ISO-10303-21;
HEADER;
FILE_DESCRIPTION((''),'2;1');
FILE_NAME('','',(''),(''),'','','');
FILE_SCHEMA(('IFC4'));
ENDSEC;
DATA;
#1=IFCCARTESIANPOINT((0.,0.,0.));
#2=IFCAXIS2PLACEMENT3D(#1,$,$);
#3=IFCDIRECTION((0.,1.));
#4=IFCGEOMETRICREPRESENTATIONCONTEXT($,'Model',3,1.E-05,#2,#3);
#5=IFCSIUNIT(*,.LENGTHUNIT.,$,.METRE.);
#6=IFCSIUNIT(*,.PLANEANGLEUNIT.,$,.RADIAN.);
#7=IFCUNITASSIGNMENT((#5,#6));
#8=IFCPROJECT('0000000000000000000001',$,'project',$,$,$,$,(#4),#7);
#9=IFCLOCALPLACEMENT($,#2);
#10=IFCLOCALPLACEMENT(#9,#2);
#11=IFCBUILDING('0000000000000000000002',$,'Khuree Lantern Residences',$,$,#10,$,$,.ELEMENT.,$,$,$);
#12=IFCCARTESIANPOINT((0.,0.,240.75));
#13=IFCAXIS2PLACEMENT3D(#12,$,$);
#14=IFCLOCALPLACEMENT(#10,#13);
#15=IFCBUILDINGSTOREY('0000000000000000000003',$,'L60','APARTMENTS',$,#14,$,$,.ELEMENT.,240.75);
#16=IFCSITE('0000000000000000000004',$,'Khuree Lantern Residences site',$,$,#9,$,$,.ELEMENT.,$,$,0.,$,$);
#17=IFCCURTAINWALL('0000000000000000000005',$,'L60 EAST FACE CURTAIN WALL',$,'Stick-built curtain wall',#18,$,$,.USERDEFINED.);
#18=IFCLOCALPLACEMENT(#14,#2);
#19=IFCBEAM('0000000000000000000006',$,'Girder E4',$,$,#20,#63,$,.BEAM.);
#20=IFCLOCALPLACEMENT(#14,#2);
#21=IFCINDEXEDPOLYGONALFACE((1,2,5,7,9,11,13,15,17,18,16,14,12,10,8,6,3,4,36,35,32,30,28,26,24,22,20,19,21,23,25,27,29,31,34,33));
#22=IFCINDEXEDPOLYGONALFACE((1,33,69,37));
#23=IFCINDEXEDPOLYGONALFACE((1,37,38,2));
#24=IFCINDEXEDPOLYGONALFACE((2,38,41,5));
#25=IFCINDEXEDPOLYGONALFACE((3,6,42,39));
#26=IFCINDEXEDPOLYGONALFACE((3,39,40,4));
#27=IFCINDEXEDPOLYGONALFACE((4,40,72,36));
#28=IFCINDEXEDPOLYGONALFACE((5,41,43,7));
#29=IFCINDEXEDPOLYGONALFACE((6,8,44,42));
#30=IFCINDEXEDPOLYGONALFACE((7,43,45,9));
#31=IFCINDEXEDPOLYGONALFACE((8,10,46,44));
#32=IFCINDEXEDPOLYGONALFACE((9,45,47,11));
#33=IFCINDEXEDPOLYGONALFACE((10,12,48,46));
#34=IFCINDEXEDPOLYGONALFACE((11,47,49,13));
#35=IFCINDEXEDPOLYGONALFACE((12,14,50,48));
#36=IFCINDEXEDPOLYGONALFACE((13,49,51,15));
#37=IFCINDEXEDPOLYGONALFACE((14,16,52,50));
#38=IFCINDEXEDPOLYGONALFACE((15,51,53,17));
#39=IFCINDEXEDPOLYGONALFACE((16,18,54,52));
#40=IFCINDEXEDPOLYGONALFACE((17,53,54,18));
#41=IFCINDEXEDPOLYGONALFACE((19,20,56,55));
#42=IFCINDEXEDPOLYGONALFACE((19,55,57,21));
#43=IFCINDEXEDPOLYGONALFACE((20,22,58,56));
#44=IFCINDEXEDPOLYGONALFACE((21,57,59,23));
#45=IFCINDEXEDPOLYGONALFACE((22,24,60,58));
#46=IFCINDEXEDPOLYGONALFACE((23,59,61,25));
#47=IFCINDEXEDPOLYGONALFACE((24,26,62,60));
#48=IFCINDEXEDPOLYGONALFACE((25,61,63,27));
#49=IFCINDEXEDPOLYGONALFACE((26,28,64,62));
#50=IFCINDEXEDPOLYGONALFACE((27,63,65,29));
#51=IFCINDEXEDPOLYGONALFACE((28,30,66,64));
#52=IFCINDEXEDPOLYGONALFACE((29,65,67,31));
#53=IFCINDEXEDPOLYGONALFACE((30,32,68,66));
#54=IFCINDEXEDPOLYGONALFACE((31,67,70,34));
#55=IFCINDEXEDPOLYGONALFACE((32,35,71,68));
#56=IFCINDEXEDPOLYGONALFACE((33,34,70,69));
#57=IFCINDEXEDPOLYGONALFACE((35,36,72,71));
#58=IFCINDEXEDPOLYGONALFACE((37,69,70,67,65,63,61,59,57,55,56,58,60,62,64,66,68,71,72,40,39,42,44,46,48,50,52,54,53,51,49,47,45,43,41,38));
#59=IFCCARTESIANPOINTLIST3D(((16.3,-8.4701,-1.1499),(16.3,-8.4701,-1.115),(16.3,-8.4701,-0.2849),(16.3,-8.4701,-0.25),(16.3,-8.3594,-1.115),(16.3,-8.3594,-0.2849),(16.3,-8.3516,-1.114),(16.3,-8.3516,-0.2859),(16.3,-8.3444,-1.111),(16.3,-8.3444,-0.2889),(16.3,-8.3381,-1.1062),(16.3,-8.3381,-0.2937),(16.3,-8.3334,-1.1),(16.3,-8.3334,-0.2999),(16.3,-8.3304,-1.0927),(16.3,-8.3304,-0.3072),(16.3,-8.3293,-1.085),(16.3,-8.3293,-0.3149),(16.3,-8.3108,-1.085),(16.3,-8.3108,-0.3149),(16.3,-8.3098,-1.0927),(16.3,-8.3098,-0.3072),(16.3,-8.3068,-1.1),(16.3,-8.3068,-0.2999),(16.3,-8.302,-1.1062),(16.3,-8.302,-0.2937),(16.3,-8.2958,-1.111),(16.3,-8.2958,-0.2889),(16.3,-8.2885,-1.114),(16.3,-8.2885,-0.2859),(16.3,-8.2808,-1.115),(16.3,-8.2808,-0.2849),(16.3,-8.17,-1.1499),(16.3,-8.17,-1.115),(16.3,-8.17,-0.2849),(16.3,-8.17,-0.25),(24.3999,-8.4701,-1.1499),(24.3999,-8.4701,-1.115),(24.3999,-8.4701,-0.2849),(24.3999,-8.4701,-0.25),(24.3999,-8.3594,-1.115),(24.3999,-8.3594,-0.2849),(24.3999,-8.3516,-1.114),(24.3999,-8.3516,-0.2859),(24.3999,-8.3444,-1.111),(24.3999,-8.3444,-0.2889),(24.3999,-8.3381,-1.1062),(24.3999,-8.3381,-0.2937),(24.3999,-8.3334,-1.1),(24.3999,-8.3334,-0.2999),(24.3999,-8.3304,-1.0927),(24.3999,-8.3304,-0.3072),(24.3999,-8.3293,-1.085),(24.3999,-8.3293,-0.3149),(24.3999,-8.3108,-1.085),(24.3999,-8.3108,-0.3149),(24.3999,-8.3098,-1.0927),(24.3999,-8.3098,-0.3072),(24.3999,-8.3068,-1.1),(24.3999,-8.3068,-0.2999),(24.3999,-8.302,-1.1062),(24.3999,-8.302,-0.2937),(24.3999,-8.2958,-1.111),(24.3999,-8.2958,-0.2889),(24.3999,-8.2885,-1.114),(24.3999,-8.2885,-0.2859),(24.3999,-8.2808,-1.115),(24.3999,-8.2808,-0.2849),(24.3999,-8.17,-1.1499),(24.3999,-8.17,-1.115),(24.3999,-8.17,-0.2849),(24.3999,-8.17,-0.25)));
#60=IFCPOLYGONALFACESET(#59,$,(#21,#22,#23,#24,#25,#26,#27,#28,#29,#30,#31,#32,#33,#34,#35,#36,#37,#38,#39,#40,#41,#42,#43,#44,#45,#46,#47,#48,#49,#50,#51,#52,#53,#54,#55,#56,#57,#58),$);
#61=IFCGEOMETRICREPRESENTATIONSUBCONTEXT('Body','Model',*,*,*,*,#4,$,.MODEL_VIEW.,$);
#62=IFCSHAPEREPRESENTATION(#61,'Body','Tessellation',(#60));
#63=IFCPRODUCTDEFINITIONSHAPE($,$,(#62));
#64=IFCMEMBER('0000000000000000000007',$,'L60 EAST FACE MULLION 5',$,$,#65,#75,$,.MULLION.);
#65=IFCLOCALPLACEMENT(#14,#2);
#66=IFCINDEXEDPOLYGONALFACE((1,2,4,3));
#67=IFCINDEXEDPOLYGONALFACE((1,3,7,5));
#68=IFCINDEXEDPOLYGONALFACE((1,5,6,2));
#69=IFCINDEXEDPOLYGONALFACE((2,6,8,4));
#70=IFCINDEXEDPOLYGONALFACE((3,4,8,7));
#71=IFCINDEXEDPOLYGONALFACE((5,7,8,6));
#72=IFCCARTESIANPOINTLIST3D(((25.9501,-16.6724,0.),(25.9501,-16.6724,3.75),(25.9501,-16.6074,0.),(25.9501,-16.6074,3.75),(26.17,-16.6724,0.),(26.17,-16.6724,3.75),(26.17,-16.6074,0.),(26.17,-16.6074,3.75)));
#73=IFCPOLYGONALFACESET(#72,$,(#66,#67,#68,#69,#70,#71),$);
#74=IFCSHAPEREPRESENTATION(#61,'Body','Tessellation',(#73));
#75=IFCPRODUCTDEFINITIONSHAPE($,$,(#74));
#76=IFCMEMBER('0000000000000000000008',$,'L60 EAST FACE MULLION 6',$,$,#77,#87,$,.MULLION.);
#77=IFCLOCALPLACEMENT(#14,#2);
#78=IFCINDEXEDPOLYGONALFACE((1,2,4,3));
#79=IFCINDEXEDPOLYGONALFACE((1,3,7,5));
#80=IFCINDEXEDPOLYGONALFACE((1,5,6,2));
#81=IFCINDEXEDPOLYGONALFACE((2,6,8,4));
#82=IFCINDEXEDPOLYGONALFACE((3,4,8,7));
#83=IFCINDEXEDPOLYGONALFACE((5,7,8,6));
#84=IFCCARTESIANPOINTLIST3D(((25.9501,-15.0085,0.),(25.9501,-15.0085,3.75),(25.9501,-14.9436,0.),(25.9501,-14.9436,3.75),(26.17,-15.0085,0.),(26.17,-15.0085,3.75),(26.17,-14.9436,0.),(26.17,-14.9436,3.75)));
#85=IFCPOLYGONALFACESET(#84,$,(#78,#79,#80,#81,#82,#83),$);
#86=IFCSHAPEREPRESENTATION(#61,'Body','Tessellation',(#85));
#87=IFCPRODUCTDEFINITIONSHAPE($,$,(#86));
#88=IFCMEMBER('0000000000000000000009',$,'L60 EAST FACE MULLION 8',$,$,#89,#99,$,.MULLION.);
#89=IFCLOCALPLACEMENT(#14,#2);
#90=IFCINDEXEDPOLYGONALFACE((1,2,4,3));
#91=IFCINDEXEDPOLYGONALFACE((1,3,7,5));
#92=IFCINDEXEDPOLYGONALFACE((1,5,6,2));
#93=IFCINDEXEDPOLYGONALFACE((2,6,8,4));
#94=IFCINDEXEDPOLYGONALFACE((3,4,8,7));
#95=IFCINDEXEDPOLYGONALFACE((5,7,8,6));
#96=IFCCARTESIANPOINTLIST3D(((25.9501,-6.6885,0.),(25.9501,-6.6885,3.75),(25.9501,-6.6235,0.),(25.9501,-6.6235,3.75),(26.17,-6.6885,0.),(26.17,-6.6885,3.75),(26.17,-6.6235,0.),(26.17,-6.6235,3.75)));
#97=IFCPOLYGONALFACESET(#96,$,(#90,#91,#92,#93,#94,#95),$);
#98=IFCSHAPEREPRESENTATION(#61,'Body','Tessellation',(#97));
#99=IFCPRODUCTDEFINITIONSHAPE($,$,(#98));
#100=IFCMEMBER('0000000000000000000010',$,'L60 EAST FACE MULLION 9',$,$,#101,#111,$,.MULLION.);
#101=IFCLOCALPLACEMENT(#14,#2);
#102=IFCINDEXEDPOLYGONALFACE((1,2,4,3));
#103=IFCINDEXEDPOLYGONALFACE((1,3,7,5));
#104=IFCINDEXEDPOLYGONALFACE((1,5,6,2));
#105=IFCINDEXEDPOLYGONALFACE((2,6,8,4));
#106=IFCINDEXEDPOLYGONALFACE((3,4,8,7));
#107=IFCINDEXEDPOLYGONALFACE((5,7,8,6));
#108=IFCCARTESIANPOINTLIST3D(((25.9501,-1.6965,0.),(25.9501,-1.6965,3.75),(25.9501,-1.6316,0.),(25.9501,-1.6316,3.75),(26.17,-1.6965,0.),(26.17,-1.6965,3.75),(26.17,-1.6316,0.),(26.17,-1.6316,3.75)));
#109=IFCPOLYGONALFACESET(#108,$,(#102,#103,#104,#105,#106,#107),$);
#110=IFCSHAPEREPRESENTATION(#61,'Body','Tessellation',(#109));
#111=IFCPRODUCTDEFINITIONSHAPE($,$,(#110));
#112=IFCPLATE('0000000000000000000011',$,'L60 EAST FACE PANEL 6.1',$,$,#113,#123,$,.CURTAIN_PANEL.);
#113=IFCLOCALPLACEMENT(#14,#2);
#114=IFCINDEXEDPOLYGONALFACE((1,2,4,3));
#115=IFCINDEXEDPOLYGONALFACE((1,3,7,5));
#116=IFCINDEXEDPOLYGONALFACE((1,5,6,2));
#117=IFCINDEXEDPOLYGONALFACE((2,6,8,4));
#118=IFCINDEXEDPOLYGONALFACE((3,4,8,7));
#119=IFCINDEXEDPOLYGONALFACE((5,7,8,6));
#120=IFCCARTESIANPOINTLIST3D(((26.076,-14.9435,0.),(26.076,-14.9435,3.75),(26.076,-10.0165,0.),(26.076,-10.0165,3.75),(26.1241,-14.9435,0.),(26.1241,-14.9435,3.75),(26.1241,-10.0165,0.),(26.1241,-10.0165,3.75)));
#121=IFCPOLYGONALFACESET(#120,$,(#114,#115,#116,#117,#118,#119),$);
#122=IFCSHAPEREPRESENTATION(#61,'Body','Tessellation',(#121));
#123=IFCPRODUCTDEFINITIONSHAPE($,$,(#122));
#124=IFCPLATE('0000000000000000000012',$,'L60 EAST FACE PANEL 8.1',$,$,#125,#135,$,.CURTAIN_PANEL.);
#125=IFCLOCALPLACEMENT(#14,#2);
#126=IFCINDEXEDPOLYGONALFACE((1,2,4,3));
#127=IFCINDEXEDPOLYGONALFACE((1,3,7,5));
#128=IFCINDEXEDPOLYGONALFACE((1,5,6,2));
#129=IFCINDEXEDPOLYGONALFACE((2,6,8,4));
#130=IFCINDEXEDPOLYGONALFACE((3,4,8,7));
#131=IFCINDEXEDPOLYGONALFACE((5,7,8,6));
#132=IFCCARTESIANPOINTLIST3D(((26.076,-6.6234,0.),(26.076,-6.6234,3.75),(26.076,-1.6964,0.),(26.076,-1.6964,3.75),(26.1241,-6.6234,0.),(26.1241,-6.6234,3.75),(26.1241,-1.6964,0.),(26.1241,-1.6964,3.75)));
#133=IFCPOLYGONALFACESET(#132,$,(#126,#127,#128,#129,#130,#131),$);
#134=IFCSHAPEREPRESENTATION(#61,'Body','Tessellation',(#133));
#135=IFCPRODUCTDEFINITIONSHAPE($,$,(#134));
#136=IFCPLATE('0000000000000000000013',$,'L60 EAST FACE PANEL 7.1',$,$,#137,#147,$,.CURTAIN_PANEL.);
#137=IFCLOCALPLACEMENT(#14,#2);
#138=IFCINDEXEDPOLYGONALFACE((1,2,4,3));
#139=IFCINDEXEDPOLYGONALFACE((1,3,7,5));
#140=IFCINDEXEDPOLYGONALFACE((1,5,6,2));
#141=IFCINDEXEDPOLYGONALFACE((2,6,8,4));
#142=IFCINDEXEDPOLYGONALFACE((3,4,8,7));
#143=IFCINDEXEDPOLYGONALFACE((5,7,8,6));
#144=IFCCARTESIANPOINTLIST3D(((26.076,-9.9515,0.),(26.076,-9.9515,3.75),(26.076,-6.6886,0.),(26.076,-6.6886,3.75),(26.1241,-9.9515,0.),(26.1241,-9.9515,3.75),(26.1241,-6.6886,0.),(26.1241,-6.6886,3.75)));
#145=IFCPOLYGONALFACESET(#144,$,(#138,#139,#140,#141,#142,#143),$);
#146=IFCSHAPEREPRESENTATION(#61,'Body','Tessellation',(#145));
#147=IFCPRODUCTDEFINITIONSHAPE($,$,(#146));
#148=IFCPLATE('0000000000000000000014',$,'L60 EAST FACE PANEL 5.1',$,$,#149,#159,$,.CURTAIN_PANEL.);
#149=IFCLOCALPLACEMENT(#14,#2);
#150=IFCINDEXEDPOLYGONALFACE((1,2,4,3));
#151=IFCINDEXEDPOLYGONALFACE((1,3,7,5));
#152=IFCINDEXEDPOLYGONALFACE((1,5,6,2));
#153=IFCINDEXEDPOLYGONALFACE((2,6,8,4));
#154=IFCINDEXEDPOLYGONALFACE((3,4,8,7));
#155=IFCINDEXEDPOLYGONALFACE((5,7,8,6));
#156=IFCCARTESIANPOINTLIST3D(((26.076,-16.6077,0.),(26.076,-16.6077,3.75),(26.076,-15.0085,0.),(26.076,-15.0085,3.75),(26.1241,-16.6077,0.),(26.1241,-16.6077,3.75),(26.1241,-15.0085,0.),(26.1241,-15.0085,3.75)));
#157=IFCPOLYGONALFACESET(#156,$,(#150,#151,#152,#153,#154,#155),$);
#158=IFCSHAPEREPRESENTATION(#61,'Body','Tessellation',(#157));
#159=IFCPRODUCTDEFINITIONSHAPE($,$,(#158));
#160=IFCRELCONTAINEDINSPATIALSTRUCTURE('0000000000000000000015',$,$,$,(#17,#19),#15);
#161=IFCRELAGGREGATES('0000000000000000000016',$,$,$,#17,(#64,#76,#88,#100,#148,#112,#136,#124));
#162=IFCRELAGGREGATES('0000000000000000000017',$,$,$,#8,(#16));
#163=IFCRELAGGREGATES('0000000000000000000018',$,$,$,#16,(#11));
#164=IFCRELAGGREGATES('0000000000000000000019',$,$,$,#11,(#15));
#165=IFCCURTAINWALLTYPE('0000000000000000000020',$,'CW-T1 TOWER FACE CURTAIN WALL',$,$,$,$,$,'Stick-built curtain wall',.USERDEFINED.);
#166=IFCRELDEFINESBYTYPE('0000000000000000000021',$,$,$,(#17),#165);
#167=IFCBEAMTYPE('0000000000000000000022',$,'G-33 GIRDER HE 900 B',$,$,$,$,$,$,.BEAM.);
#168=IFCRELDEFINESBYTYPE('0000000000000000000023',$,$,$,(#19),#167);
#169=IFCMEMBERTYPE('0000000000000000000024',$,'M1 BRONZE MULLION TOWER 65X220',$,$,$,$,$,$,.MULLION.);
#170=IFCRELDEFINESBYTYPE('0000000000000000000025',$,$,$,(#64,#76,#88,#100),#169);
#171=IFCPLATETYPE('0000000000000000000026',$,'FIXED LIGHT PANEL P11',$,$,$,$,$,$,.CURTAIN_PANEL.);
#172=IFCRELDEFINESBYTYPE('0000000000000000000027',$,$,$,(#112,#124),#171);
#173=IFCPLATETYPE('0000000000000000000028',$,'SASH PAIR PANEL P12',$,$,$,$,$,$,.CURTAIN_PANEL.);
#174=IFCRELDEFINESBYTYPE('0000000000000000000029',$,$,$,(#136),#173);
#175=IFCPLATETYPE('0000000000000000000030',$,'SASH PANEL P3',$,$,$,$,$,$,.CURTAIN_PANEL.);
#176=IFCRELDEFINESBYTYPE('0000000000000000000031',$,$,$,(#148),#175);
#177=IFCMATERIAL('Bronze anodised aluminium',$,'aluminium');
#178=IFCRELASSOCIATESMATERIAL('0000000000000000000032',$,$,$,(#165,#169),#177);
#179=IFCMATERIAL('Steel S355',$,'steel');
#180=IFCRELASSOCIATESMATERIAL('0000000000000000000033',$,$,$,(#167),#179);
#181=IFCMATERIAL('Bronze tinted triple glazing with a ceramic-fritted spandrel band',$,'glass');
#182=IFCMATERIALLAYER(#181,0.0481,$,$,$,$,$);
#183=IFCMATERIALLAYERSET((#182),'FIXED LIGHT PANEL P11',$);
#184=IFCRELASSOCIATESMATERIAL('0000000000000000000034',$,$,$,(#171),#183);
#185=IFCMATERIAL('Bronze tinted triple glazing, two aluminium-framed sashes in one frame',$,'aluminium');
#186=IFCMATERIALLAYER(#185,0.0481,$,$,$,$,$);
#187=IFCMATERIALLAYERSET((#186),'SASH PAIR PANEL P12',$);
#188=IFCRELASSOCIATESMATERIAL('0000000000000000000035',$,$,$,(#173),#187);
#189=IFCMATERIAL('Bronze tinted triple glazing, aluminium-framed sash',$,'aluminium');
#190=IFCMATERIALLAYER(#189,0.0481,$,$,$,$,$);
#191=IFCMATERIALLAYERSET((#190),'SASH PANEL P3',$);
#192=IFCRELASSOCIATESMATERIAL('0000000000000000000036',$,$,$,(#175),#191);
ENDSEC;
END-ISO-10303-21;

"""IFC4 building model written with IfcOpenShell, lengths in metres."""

from ifc_helpers import new_model, si_unit, direction, frame, origin, origin_2d, place, context, subcontext, project, spatial, rectangle, i_section, extrude, material, layer, layer_set, material_profile, profile_set, type_object, element, aggregate, save


model = new_model("IFC4")

# Units and contexts
model_context = context("Model", 3, precision=1e-05, world=origin(), true_north=direction((0.0, 1.0)))
body_context = subcontext(model_context, "Body", "Model", "MODEL_VIEW")
ifc_project = project(units=[si_unit("LENGTHUNIT", "METRE"), si_unit("PLANEANGLEUNIT", "RADIAN")], contexts=[model_context])

# Site, building, storey
site_placement = place(None, origin())
site = spatial("IfcSite", under=ifc_project, at=site_placement, Name="Khuree Lantern Residences site", CompositionType="ELEMENT", RefElevation=0.0)
building_placement = place(site_placement, origin())
building = spatial("IfcBuilding", under=site, at=building_placement, Name="Khuree Lantern Residences", CompositionType="ELEMENT")
storey_placement = place(building_placement, frame((0.0, 0.0, 240.75)))
storey = spatial("IfcBuildingStorey", under=building, at=storey_placement, Name="L60", Description="APARTMENTS", CompositionType="ELEMENT", Elevation=240.75)

# Shared definitions
ifc_material_1 = material(Name="Steel S355", Category="steel")

# Curtain wall
ifc_material_2 = material(Name="Bronze anodised aluminium", Category="aluminium")
curtain_wall_type = type_object("IfcCurtainWallType", Name="CW-T1 TOWER FACE CURTAIN WALL", ElementType="Stick-built curtain wall", PredefinedType="USERDEFINED", material=ifc_material_2)
curtain_wall_placement = place(storey_placement, origin())
curtain_wall = element("IfcCurtainWall", 1, at=curtain_wall_placement, inside=storey, type_object=curtain_wall_type, Name="L60 EAST FACE CURTAIN WALL", ObjectType="Stick-built curtain wall", PredefinedType="USERDEFINED")

# Beam
ifc_material_profile_1 = material_profile(ifc_material_1, i_section(OverallWidth=0.3, OverallDepth=0.8999, WebThickness=0.0186, FlangeThickness=0.0349, FilletRadius=0.03, at=origin_2d()), Name="HE 900 B")
ifc_profile_set_1 = profile_set([ifc_material_profile_1], Name="Steel S355")
beam_type_1 = type_object("IfcBeamType", Name="G-33 GIRDER HE 900 B", PredefinedType="BEAM", material=ifc_profile_set_1)
beam_1_placement = place(storey_placement, frame((24.3999, -8.3201, -0.7), z_axis=(-1.0, 0.0, 0.0), x_axis=(0.0, -1.0, 0.0)))
element("IfcBeam", 2, at=beam_1_placement, inside=storey, type_object=beam_type_1, Name="Girder E4", PredefinedType="BEAM", context=body_context, shape_type="SweptSolid", body=[
    extrude(i_section(OverallWidth=0.3, OverallDepth=0.8999, WebThickness=0.0186, FlangeThickness=0.0349, FilletRadius=0.03, at=origin_2d()), origin(), (0.0, 0.0, 1.0), 8.0999),
])

# Members
ifc_material_profile_2 = material_profile(ifc_material_2, rectangle(XDim=0.0649, YDim=0.22, at=origin_2d()), Name="M1 65X220")
ifc_profile_set_2 = profile_set([ifc_material_profile_2], Name="Bronze anodised aluminium")
member_type_1 = type_object("IfcMemberType", Name="M1 BRONZE MULLION TOWER 65X220", PredefinedType="MULLION", material=ifc_profile_set_2)
member_1_placement = place(storey_placement, frame((26.0601, -16.6399, 0.0), z_axis=(0.0, 0.0, 1.0), x_axis=(0.0, 1.0, 0.0)))
member_1 = element("IfcMember", 3, at=member_1_placement, type_object=member_type_1, Name="L60 EAST FACE MULLION 5", PredefinedType="MULLION", context=body_context, shape_type="SweptSolid", body=[
    extrude(rectangle(XDim=0.0649, YDim=0.22, at=origin_2d()), origin(), (0.0, 0.0, 1.0), 3.75),
])
member_2_placement = place(storey_placement, frame((26.0601, -14.9761, 0.0), z_axis=(0.0, 0.0, 1.0), x_axis=(0.0, 1.0, 0.0)))
member_2 = element("IfcMember", 4, at=member_2_placement, type_object=member_type_1, Name="L60 EAST FACE MULLION 6", PredefinedType="MULLION", context=body_context, shape_type="SweptSolid", body=[
    extrude(rectangle(XDim=0.0649, YDim=0.22, at=origin_2d()), origin(), (0.0, 0.0, 1.0), 3.75),
])
member_3_placement = place(storey_placement, frame((26.0601, -6.656, 0.0), z_axis=(0.0, 0.0, 1.0), x_axis=(0.0, 1.0, 0.0)))
member_3 = element("IfcMember", 5, at=member_3_placement, type_object=member_type_1, Name="L60 EAST FACE MULLION 8", PredefinedType="MULLION", context=body_context, shape_type="SweptSolid", body=[
    extrude(rectangle(XDim=0.0649, YDim=0.22, at=origin_2d()), origin(), (0.0, 0.0, 1.0), 3.75),
])
member_4_placement = place(storey_placement, frame((26.0601, -1.6641, 0.0), z_axis=(0.0, 0.0, 1.0), x_axis=(0.0, 1.0, 0.0)))
member_4 = element("IfcMember", 6, at=member_4_placement, type_object=member_type_1, Name="L60 EAST FACE MULLION 9", PredefinedType="MULLION", context=body_context, shape_type="SweptSolid", body=[
    extrude(rectangle(XDim=0.0649, YDim=0.22, at=origin_2d()), origin(), (0.0, 0.0, 1.0), 3.75),
])

# Plates
ifc_material_3 = material(Name="Bronze tinted triple glazing with a ceramic-fritted spandrel band", Category="glass")
ifc_layer_1 = layer(ifc_material_3, 0.0481)
ifc_layer_set_1 = layer_set([ifc_layer_1], Name="FIXED LIGHT PANEL P11")
plate_type_1 = type_object("IfcPlateType", Name="FIXED LIGHT PANEL P11", PredefinedType="CURTAIN_PANEL", material=ifc_layer_set_1)
plate_1_placement = place(storey_placement, frame((26.1001, -12.48, 0.0), z_axis=(0.0, 0.0, 1.0), x_axis=(0.0, 1.0, 0.0)))
plate_1 = element("IfcPlate", 7, at=plate_1_placement, type_object=plate_type_1, Name="L60 EAST FACE PANEL 6.1", PredefinedType="CURTAIN_PANEL", context=body_context, shape_type="SweptSolid", body=[
    extrude(rectangle(XDim=4.927, YDim=0.0481, at=origin_2d()), origin(), (0.0, 0.0, 1.0), 3.75),
])
plate_2_placement = place(storey_placement, frame((26.1001, -4.1599, 0.0), z_axis=(0.0, 0.0, 1.0), x_axis=(0.0, 1.0, 0.0)))
plate_2 = element("IfcPlate", 8, at=plate_2_placement, type_object=plate_type_1, Name="L60 EAST FACE PANEL 8.1", PredefinedType="CURTAIN_PANEL", context=body_context, shape_type="SweptSolid", body=[
    extrude(rectangle(XDim=4.927, YDim=0.0481, at=origin_2d()), origin(), (0.0, 0.0, 1.0), 3.75),
])
ifc_material_4 = material(Name="Bronze tinted triple glazing, two aluminium-framed sashes in one frame", Category="aluminium")
ifc_layer_2 = layer(ifc_material_4, 0.0481)
ifc_layer_set_2 = layer_set([ifc_layer_2], Name="SASH PAIR PANEL P12")
plate_type_2 = type_object("IfcPlateType", Name="SASH PAIR PANEL P12", PredefinedType="CURTAIN_PANEL", material=ifc_layer_set_2)
plate_3_placement = place(storey_placement, frame((26.1001, -8.3201, 0.0), z_axis=(0.0, 0.0, 1.0), x_axis=(0.0, 1.0, 0.0)))
plate_3 = element("IfcPlate", 9, at=plate_3_placement, type_object=plate_type_2, Name="L60 EAST FACE PANEL 7.1", PredefinedType="CURTAIN_PANEL", context=body_context, shape_type="SweptSolid", body=[
    extrude(rectangle(XDim=3.2629, YDim=0.0481, at=origin_2d()), origin(), (0.0, 0.0, 1.0), 3.75),
])
ifc_material_5 = material(Name="Bronze tinted triple glazing, aluminium-framed sash", Category="aluminium")
ifc_layer_3 = layer(ifc_material_5, 0.0481)
ifc_layer_set_3 = layer_set([ifc_layer_3], Name="SASH PANEL P3")
plate_type_3 = type_object("IfcPlateType", Name="SASH PANEL P3", PredefinedType="CURTAIN_PANEL", material=ifc_layer_set_3)
plate_4_placement = place(storey_placement, frame((26.1001, -15.8081, 0.0), z_axis=(0.0, 0.0, 1.0), x_axis=(0.0, 1.0, 0.0)))
plate_4 = element("IfcPlate", 10, at=plate_4_placement, type_object=plate_type_3, Name="L60 EAST FACE PANEL 5.1", PredefinedType="CURTAIN_PANEL", context=body_context, shape_type="SweptSolid", body=[
    extrude(rectangle(XDim=1.5991, YDim=0.0481, at=origin_2d()), origin(), (0.0, 0.0, 1.0), 3.75),
])
aggregate(curtain_wall, [member_1, member_2, member_3, member_4, plate_4, plate_1, plate_3, plate_2])

save(model, "model.ifc")
